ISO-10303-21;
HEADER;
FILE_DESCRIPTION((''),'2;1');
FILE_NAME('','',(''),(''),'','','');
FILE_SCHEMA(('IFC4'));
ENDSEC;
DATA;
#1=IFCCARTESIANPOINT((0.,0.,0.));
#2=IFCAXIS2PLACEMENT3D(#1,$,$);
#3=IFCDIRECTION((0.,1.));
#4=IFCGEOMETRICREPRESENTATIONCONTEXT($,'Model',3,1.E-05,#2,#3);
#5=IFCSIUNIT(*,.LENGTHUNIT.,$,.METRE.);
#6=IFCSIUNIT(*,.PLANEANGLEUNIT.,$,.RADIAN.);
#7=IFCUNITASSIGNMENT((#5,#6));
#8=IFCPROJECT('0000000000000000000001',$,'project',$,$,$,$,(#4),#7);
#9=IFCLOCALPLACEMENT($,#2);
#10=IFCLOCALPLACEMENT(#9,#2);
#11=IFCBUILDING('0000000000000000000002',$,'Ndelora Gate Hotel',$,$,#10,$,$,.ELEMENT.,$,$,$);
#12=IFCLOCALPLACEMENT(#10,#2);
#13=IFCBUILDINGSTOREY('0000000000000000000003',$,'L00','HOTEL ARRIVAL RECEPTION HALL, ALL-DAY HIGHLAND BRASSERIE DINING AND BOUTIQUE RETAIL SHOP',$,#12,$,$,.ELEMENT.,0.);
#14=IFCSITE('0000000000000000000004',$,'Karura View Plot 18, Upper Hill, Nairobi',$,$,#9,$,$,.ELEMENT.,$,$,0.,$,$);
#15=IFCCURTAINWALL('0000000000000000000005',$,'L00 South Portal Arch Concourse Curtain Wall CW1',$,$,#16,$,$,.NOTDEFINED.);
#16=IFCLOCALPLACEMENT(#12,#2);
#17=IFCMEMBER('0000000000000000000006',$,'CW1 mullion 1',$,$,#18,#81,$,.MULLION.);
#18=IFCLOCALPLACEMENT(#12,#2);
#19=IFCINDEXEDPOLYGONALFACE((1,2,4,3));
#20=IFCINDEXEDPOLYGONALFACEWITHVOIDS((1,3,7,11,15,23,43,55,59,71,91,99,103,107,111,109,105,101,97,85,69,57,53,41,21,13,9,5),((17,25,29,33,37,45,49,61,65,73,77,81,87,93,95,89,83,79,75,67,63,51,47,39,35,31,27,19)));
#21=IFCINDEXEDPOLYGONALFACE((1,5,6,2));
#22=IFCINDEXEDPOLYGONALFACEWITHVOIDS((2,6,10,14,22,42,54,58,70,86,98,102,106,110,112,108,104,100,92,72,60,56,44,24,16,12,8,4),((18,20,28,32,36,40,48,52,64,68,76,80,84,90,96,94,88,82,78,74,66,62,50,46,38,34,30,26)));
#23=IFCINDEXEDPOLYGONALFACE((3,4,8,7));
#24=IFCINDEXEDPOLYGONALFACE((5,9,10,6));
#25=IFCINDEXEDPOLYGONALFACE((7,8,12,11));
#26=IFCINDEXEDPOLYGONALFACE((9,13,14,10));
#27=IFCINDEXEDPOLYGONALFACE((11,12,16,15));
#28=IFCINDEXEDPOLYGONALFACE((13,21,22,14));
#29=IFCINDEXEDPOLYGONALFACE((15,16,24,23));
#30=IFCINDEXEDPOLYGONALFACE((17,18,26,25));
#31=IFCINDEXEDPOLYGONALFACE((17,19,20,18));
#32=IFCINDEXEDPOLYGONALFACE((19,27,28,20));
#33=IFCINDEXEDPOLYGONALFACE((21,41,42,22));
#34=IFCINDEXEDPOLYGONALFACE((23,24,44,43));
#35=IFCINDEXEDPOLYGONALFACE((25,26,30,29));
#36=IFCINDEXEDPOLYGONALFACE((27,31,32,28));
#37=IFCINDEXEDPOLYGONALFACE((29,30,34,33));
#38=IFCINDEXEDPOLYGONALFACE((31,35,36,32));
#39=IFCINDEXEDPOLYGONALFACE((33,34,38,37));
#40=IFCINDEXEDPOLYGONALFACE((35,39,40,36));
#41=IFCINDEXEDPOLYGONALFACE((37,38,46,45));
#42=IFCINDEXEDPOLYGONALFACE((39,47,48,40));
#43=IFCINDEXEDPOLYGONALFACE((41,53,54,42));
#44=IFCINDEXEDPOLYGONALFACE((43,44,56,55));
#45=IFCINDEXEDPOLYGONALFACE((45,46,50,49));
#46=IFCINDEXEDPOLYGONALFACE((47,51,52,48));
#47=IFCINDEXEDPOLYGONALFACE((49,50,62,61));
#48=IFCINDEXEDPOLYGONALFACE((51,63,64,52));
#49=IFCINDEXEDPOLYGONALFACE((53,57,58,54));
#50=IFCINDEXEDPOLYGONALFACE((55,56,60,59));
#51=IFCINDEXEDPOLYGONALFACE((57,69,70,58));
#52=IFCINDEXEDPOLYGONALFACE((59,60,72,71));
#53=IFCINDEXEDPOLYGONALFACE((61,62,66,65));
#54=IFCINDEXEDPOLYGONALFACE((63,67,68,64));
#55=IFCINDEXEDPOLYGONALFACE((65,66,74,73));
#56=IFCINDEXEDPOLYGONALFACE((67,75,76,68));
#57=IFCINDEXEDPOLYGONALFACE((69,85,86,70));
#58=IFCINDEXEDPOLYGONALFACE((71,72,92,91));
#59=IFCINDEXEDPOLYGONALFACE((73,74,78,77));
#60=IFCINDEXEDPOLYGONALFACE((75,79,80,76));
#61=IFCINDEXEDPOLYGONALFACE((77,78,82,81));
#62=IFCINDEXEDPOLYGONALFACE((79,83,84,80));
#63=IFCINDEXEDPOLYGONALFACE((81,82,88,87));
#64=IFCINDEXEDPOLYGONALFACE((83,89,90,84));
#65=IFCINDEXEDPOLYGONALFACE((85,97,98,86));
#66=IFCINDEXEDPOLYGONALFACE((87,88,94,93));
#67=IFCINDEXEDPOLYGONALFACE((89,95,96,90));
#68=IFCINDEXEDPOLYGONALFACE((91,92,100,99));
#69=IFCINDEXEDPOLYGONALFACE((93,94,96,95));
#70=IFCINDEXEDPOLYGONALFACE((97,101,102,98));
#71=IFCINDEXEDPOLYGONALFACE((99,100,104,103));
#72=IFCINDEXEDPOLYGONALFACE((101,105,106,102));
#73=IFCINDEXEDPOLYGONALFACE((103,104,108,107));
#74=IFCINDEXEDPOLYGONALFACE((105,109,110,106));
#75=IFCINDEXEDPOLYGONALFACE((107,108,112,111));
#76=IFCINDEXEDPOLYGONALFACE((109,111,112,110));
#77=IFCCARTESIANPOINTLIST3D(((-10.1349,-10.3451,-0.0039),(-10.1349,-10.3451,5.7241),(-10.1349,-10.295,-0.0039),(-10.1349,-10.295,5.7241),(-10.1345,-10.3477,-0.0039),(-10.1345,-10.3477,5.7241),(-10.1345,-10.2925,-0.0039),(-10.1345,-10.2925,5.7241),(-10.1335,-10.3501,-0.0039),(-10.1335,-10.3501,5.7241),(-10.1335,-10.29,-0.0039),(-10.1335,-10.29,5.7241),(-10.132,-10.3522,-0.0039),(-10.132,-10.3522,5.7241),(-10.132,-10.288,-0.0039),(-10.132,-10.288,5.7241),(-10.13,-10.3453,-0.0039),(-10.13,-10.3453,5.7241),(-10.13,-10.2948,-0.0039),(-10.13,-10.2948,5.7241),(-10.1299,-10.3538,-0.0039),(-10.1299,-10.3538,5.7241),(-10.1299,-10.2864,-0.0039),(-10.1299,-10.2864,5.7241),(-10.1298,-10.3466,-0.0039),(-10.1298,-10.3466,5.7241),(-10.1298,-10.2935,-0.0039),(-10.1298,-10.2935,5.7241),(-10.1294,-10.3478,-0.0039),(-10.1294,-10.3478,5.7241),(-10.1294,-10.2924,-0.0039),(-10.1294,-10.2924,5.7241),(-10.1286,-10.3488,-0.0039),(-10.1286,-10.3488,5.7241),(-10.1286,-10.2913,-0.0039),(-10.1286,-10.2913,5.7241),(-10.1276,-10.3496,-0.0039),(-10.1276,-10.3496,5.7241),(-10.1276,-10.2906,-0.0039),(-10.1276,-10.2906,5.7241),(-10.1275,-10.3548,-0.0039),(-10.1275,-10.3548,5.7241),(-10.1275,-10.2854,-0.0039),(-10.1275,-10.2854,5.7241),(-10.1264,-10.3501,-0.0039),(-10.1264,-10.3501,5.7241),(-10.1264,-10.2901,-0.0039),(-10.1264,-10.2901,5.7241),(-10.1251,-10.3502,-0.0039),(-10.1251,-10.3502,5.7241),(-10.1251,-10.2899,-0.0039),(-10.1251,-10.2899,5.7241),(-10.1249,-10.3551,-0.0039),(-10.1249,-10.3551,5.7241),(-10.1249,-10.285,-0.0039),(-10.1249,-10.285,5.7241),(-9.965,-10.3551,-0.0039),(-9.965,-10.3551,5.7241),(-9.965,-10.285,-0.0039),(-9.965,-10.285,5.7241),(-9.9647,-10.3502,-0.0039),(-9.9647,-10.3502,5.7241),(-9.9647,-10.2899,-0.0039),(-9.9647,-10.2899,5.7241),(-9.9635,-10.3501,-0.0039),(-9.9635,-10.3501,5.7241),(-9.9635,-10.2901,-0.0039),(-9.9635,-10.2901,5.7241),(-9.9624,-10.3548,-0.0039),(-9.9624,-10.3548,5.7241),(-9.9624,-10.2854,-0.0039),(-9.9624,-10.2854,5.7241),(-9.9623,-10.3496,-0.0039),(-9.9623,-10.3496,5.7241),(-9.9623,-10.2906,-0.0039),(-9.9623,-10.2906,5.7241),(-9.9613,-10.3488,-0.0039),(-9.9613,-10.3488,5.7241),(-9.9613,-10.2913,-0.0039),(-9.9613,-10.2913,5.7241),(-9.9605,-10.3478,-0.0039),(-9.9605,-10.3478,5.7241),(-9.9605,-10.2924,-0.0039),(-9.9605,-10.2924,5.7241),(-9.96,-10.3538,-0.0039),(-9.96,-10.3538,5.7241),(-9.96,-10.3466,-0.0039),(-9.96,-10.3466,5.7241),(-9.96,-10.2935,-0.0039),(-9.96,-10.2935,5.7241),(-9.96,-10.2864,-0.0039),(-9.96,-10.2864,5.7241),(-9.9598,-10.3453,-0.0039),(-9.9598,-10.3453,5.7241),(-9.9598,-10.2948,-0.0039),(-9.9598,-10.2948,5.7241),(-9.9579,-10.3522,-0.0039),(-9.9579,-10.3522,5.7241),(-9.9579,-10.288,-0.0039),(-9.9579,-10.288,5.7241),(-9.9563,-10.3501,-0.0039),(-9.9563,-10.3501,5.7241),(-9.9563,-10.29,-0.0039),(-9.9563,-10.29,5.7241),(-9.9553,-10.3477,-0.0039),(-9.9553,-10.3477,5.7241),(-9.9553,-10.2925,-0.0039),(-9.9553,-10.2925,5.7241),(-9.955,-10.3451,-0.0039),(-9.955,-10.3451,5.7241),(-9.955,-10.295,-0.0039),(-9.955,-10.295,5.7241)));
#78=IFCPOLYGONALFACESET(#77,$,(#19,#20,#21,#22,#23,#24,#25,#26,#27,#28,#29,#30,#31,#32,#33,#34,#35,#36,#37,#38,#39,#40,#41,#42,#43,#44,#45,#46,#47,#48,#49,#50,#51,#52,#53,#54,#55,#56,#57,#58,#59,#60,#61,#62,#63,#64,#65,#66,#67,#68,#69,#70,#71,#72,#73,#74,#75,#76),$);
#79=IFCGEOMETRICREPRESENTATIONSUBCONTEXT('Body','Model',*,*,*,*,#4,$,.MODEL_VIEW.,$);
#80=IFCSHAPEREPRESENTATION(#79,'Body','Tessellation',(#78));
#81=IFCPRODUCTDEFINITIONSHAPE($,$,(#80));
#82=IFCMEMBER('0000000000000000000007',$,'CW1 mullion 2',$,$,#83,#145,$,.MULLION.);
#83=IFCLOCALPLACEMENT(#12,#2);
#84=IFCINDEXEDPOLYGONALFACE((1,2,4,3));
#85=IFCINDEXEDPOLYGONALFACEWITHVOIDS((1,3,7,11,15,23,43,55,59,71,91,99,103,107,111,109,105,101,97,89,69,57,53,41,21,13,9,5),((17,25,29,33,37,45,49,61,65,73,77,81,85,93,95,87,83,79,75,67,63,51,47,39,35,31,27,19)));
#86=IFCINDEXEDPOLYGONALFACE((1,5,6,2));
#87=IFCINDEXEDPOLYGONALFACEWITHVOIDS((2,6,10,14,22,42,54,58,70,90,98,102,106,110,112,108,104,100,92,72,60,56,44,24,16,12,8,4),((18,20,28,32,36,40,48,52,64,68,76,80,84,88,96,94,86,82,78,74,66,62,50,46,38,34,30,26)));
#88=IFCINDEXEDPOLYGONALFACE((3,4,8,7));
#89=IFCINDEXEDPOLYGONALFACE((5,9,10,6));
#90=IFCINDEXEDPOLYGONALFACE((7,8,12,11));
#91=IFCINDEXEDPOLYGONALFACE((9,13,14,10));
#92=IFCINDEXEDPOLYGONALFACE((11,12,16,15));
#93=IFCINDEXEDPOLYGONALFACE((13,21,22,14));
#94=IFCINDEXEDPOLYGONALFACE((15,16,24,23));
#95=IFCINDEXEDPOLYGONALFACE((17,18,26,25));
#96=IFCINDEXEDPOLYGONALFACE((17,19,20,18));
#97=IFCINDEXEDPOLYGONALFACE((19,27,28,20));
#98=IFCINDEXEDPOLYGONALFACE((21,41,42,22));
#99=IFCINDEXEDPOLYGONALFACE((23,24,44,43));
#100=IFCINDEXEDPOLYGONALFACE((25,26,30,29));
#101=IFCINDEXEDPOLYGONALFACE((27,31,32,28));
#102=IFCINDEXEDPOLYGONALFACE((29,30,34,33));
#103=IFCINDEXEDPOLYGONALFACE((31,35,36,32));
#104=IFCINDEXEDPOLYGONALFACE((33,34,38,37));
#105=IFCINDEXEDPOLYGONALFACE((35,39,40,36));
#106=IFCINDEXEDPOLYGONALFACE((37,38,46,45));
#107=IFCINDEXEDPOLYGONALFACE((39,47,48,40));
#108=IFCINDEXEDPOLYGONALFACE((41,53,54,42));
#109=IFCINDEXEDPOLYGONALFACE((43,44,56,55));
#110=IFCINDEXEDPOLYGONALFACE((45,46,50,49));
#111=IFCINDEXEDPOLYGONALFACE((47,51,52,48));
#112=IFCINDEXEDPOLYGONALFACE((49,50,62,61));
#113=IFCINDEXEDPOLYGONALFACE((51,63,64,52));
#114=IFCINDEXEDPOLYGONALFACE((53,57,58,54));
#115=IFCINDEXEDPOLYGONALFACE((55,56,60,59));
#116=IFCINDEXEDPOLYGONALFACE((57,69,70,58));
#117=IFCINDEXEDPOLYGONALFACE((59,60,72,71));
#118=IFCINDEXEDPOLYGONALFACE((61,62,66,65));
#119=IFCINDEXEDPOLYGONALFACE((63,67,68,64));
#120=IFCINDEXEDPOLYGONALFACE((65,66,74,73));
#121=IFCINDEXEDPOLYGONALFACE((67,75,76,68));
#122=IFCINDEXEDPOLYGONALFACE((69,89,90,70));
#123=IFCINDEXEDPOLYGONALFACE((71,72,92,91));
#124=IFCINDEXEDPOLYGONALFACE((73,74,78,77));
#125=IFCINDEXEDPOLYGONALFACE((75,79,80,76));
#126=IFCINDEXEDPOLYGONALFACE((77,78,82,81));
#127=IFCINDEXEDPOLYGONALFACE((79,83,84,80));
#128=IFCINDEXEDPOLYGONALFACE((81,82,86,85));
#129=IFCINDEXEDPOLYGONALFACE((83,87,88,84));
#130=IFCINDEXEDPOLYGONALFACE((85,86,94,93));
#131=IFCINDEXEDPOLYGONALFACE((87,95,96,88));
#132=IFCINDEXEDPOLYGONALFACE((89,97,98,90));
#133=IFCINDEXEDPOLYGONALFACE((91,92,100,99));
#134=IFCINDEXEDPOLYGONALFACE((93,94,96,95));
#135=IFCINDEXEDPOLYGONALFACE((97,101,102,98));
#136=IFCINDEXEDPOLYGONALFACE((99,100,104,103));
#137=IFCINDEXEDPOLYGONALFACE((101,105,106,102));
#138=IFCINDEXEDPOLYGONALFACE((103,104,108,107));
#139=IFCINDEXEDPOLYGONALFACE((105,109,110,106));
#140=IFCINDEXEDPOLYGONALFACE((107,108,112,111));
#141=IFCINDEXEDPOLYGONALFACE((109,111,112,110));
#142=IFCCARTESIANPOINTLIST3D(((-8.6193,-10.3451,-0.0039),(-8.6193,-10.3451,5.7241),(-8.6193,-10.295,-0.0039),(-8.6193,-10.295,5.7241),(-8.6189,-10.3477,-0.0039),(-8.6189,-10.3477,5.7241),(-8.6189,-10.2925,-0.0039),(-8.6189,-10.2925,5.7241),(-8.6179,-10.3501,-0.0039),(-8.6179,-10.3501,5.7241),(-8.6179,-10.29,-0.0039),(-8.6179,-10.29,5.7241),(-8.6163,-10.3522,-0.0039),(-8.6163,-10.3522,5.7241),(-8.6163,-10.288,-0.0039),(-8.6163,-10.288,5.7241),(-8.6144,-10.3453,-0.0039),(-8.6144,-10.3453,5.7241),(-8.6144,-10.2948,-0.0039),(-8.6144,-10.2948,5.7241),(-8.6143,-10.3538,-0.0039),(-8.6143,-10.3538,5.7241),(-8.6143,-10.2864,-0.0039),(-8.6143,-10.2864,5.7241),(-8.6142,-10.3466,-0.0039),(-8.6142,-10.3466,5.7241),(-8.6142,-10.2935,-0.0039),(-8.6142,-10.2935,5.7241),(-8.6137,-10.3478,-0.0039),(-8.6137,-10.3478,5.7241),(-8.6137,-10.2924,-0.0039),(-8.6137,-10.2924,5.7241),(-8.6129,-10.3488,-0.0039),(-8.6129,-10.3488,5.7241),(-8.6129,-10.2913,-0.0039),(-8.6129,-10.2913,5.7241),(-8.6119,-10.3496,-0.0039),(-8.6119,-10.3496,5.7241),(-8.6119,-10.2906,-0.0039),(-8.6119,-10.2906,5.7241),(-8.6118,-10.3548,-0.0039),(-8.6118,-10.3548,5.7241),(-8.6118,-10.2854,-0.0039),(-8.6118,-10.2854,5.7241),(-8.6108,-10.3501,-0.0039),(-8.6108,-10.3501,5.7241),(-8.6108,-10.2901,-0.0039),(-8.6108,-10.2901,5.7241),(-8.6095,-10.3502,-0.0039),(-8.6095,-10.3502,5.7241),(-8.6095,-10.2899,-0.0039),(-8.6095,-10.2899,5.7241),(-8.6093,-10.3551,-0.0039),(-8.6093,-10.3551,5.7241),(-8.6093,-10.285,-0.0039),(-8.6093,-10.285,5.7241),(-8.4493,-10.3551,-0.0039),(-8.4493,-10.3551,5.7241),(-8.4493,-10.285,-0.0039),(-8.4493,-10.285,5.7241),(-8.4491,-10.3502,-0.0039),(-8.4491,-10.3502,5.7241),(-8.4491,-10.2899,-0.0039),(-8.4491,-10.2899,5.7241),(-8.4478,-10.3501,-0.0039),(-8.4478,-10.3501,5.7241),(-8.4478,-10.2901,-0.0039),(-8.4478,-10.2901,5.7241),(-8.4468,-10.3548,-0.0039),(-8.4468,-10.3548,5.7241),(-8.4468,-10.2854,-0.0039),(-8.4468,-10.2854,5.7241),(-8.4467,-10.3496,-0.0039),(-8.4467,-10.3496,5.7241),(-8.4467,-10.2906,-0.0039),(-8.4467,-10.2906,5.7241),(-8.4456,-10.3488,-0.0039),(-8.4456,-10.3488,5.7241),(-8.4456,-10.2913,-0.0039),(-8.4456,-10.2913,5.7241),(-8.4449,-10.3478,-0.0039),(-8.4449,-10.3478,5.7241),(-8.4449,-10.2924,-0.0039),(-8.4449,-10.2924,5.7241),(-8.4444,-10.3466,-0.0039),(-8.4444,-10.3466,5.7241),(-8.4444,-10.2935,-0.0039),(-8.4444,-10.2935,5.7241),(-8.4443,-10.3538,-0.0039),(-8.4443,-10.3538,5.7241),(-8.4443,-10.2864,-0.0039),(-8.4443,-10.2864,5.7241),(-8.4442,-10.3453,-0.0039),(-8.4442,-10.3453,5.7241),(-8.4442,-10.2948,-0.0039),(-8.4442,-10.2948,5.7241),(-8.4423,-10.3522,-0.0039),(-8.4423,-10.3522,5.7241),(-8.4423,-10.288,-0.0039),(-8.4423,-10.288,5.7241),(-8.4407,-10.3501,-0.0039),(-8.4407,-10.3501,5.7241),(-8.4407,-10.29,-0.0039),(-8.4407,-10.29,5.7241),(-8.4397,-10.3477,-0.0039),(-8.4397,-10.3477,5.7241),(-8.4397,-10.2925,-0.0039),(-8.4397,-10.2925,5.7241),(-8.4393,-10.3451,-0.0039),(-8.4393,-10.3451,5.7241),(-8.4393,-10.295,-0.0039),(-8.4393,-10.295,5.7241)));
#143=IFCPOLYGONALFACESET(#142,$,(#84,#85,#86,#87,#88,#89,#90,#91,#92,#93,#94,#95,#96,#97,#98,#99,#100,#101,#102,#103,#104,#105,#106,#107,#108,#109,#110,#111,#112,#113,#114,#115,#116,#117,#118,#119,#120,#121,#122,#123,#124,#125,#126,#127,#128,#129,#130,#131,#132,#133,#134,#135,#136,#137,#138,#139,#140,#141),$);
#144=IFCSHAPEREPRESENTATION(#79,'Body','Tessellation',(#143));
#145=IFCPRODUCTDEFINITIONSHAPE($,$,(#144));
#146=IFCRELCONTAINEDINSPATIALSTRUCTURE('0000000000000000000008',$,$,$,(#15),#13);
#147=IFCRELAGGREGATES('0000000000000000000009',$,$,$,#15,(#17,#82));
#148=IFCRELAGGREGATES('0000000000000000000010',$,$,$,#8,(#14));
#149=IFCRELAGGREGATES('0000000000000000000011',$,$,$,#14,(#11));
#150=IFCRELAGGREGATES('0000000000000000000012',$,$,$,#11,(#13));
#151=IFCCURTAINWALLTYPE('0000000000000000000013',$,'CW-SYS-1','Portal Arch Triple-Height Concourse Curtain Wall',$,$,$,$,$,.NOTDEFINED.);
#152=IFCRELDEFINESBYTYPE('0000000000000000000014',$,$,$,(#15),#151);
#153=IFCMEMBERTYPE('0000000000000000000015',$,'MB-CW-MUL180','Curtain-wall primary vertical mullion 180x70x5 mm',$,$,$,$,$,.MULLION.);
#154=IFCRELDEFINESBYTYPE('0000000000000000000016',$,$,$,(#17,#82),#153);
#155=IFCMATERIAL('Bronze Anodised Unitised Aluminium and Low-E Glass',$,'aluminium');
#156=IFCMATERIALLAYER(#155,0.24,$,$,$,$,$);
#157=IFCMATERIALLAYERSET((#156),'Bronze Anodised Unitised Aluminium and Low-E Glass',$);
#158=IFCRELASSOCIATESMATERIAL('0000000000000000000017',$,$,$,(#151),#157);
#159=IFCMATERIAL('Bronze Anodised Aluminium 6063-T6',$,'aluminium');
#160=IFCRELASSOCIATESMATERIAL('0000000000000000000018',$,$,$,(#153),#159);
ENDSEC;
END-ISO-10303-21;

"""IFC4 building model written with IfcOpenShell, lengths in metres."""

from ifc_helpers import new_model, si_unit, direction, frame, origin, origin_2d, place, context, subcontext, project, spatial, hollow_rectangle, extrude, material, layer, layer_set, material_profile, profile_set, type_object, element, aggregate, save


model = new_model("IFC4")

# Units and contexts
model_context = context("Model", 3, precision=1e-05, world=origin(), true_north=direction((0.0, 1.0)))
body_context = subcontext(model_context, "Body", "Model", "MODEL_VIEW")
ifc_project = project(units=[si_unit("LENGTHUNIT", "METRE"), si_unit("PLANEANGLEUNIT", "RADIAN")], contexts=[model_context])

# Site, building, storey
site_placement = place(None, origin())
site = spatial("IfcSite", under=ifc_project, at=site_placement, Name="Karura View Plot 18, Upper Hill, Nairobi", CompositionType="ELEMENT", RefElevation=0.0)
building_placement = place(site_placement, origin())
building = spatial("IfcBuilding", under=site, at=building_placement, Name="Ndelora Gate Hotel", CompositionType="ELEMENT")
storey_placement = place(building_placement, origin())
storey = spatial("IfcBuildingStorey", under=building, at=storey_placement, Name="L00", Description="HOTEL ARRIVAL RECEPTION HALL, ALL-DAY HIGHLAND BRASSERIE DINING AND BOUTIQUE RETAIL SHOP", CompositionType="ELEMENT", Elevation=0.0)

# Curtain wall, members
ifc_material_1 = material(Name="Bronze Anodised Unitised Aluminium and Low-E Glass", Category="aluminium")
ifc_layer_1 = layer(ifc_material_1, 0.24)
ifc_layer_set_1 = layer_set([ifc_layer_1], Name="Bronze Anodised Unitised Aluminium and Low-E Glass")
curtain_wall_type = type_object("IfcCurtainWallType", Name="CW-SYS-1", Description="Portal Arch Triple-Height Concourse Curtain Wall", PredefinedType="NOTDEFINED", material=ifc_layer_set_1)
curtain_wall_placement = place(storey_placement, origin())
curtain_wall = element("IfcCurtainWall", 1, at=curtain_wall_placement, inside=storey, type_object=curtain_wall_type, Name="L00 South Portal Arch Concourse Curtain Wall CW1", PredefinedType="NOTDEFINED")
ifc_material_2 = material(Name="Bronze Anodised Aluminium 6063-T6", Category="aluminium")
ifc_material_profile_1 = material_profile(ifc_material_2, hollow_rectangle(XDim=0.0701, YDim=0.1799, WallThickness=0.0049, InnerFilletRadius=0.0049, OuterFilletRadius=0.01, at=origin_2d()), Name="ALU 180x70x5")
ifc_profile_set_1 = profile_set([ifc_material_profile_1], Name="Bronze Anodised Aluminium 6063-T6")
member_type_1 = type_object("IfcMemberType", Name="MB-CW-MUL180", Description="Curtain-wall primary vertical mullion 180x70x5 mm", PredefinedType="MULLION", material=ifc_profile_set_1)
member_1_placement = place(storey_placement, frame((-10.0449, -10.3201, -0.0039), z_axis=(0.0, 0.0, 1.0), x_axis=(0.0, 1.0, 0.0)))
member_1 = element("IfcMember", 2, at=member_1_placement, type_object=member_type_1, Name="CW1 mullion 1", PredefinedType="MULLION", context=body_context, shape_type="SweptSolid", body=[
    extrude(hollow_rectangle(XDim=0.0701, YDim=0.1799, WallThickness=0.0049, InnerFilletRadius=0.0049, OuterFilletRadius=0.01, at=origin_2d()), origin(), (0.0, 0.0, 1.0), 5.728),
])
member_2_placement = place(storey_placement, frame((-8.5293, -10.3201, -0.0039), z_axis=(0.0, 0.0, 1.0), x_axis=(0.0, 1.0, 0.0)))
member_2 = element("IfcMember", 3, at=member_2_placement, type_object=member_type_1, Name="CW1 mullion 2", PredefinedType="MULLION", context=body_context, shape_type="SweptSolid", body=[
    extrude(hollow_rectangle(XDim=0.0701, YDim=0.1799, WallThickness=0.0049, InnerFilletRadius=0.0049, OuterFilletRadius=0.01, at=origin_2d()), origin(), (0.0, 0.0, 1.0), 5.728),
])
aggregate(curtain_wall, [member_1, member_2])

save(model, "model.ifc")
